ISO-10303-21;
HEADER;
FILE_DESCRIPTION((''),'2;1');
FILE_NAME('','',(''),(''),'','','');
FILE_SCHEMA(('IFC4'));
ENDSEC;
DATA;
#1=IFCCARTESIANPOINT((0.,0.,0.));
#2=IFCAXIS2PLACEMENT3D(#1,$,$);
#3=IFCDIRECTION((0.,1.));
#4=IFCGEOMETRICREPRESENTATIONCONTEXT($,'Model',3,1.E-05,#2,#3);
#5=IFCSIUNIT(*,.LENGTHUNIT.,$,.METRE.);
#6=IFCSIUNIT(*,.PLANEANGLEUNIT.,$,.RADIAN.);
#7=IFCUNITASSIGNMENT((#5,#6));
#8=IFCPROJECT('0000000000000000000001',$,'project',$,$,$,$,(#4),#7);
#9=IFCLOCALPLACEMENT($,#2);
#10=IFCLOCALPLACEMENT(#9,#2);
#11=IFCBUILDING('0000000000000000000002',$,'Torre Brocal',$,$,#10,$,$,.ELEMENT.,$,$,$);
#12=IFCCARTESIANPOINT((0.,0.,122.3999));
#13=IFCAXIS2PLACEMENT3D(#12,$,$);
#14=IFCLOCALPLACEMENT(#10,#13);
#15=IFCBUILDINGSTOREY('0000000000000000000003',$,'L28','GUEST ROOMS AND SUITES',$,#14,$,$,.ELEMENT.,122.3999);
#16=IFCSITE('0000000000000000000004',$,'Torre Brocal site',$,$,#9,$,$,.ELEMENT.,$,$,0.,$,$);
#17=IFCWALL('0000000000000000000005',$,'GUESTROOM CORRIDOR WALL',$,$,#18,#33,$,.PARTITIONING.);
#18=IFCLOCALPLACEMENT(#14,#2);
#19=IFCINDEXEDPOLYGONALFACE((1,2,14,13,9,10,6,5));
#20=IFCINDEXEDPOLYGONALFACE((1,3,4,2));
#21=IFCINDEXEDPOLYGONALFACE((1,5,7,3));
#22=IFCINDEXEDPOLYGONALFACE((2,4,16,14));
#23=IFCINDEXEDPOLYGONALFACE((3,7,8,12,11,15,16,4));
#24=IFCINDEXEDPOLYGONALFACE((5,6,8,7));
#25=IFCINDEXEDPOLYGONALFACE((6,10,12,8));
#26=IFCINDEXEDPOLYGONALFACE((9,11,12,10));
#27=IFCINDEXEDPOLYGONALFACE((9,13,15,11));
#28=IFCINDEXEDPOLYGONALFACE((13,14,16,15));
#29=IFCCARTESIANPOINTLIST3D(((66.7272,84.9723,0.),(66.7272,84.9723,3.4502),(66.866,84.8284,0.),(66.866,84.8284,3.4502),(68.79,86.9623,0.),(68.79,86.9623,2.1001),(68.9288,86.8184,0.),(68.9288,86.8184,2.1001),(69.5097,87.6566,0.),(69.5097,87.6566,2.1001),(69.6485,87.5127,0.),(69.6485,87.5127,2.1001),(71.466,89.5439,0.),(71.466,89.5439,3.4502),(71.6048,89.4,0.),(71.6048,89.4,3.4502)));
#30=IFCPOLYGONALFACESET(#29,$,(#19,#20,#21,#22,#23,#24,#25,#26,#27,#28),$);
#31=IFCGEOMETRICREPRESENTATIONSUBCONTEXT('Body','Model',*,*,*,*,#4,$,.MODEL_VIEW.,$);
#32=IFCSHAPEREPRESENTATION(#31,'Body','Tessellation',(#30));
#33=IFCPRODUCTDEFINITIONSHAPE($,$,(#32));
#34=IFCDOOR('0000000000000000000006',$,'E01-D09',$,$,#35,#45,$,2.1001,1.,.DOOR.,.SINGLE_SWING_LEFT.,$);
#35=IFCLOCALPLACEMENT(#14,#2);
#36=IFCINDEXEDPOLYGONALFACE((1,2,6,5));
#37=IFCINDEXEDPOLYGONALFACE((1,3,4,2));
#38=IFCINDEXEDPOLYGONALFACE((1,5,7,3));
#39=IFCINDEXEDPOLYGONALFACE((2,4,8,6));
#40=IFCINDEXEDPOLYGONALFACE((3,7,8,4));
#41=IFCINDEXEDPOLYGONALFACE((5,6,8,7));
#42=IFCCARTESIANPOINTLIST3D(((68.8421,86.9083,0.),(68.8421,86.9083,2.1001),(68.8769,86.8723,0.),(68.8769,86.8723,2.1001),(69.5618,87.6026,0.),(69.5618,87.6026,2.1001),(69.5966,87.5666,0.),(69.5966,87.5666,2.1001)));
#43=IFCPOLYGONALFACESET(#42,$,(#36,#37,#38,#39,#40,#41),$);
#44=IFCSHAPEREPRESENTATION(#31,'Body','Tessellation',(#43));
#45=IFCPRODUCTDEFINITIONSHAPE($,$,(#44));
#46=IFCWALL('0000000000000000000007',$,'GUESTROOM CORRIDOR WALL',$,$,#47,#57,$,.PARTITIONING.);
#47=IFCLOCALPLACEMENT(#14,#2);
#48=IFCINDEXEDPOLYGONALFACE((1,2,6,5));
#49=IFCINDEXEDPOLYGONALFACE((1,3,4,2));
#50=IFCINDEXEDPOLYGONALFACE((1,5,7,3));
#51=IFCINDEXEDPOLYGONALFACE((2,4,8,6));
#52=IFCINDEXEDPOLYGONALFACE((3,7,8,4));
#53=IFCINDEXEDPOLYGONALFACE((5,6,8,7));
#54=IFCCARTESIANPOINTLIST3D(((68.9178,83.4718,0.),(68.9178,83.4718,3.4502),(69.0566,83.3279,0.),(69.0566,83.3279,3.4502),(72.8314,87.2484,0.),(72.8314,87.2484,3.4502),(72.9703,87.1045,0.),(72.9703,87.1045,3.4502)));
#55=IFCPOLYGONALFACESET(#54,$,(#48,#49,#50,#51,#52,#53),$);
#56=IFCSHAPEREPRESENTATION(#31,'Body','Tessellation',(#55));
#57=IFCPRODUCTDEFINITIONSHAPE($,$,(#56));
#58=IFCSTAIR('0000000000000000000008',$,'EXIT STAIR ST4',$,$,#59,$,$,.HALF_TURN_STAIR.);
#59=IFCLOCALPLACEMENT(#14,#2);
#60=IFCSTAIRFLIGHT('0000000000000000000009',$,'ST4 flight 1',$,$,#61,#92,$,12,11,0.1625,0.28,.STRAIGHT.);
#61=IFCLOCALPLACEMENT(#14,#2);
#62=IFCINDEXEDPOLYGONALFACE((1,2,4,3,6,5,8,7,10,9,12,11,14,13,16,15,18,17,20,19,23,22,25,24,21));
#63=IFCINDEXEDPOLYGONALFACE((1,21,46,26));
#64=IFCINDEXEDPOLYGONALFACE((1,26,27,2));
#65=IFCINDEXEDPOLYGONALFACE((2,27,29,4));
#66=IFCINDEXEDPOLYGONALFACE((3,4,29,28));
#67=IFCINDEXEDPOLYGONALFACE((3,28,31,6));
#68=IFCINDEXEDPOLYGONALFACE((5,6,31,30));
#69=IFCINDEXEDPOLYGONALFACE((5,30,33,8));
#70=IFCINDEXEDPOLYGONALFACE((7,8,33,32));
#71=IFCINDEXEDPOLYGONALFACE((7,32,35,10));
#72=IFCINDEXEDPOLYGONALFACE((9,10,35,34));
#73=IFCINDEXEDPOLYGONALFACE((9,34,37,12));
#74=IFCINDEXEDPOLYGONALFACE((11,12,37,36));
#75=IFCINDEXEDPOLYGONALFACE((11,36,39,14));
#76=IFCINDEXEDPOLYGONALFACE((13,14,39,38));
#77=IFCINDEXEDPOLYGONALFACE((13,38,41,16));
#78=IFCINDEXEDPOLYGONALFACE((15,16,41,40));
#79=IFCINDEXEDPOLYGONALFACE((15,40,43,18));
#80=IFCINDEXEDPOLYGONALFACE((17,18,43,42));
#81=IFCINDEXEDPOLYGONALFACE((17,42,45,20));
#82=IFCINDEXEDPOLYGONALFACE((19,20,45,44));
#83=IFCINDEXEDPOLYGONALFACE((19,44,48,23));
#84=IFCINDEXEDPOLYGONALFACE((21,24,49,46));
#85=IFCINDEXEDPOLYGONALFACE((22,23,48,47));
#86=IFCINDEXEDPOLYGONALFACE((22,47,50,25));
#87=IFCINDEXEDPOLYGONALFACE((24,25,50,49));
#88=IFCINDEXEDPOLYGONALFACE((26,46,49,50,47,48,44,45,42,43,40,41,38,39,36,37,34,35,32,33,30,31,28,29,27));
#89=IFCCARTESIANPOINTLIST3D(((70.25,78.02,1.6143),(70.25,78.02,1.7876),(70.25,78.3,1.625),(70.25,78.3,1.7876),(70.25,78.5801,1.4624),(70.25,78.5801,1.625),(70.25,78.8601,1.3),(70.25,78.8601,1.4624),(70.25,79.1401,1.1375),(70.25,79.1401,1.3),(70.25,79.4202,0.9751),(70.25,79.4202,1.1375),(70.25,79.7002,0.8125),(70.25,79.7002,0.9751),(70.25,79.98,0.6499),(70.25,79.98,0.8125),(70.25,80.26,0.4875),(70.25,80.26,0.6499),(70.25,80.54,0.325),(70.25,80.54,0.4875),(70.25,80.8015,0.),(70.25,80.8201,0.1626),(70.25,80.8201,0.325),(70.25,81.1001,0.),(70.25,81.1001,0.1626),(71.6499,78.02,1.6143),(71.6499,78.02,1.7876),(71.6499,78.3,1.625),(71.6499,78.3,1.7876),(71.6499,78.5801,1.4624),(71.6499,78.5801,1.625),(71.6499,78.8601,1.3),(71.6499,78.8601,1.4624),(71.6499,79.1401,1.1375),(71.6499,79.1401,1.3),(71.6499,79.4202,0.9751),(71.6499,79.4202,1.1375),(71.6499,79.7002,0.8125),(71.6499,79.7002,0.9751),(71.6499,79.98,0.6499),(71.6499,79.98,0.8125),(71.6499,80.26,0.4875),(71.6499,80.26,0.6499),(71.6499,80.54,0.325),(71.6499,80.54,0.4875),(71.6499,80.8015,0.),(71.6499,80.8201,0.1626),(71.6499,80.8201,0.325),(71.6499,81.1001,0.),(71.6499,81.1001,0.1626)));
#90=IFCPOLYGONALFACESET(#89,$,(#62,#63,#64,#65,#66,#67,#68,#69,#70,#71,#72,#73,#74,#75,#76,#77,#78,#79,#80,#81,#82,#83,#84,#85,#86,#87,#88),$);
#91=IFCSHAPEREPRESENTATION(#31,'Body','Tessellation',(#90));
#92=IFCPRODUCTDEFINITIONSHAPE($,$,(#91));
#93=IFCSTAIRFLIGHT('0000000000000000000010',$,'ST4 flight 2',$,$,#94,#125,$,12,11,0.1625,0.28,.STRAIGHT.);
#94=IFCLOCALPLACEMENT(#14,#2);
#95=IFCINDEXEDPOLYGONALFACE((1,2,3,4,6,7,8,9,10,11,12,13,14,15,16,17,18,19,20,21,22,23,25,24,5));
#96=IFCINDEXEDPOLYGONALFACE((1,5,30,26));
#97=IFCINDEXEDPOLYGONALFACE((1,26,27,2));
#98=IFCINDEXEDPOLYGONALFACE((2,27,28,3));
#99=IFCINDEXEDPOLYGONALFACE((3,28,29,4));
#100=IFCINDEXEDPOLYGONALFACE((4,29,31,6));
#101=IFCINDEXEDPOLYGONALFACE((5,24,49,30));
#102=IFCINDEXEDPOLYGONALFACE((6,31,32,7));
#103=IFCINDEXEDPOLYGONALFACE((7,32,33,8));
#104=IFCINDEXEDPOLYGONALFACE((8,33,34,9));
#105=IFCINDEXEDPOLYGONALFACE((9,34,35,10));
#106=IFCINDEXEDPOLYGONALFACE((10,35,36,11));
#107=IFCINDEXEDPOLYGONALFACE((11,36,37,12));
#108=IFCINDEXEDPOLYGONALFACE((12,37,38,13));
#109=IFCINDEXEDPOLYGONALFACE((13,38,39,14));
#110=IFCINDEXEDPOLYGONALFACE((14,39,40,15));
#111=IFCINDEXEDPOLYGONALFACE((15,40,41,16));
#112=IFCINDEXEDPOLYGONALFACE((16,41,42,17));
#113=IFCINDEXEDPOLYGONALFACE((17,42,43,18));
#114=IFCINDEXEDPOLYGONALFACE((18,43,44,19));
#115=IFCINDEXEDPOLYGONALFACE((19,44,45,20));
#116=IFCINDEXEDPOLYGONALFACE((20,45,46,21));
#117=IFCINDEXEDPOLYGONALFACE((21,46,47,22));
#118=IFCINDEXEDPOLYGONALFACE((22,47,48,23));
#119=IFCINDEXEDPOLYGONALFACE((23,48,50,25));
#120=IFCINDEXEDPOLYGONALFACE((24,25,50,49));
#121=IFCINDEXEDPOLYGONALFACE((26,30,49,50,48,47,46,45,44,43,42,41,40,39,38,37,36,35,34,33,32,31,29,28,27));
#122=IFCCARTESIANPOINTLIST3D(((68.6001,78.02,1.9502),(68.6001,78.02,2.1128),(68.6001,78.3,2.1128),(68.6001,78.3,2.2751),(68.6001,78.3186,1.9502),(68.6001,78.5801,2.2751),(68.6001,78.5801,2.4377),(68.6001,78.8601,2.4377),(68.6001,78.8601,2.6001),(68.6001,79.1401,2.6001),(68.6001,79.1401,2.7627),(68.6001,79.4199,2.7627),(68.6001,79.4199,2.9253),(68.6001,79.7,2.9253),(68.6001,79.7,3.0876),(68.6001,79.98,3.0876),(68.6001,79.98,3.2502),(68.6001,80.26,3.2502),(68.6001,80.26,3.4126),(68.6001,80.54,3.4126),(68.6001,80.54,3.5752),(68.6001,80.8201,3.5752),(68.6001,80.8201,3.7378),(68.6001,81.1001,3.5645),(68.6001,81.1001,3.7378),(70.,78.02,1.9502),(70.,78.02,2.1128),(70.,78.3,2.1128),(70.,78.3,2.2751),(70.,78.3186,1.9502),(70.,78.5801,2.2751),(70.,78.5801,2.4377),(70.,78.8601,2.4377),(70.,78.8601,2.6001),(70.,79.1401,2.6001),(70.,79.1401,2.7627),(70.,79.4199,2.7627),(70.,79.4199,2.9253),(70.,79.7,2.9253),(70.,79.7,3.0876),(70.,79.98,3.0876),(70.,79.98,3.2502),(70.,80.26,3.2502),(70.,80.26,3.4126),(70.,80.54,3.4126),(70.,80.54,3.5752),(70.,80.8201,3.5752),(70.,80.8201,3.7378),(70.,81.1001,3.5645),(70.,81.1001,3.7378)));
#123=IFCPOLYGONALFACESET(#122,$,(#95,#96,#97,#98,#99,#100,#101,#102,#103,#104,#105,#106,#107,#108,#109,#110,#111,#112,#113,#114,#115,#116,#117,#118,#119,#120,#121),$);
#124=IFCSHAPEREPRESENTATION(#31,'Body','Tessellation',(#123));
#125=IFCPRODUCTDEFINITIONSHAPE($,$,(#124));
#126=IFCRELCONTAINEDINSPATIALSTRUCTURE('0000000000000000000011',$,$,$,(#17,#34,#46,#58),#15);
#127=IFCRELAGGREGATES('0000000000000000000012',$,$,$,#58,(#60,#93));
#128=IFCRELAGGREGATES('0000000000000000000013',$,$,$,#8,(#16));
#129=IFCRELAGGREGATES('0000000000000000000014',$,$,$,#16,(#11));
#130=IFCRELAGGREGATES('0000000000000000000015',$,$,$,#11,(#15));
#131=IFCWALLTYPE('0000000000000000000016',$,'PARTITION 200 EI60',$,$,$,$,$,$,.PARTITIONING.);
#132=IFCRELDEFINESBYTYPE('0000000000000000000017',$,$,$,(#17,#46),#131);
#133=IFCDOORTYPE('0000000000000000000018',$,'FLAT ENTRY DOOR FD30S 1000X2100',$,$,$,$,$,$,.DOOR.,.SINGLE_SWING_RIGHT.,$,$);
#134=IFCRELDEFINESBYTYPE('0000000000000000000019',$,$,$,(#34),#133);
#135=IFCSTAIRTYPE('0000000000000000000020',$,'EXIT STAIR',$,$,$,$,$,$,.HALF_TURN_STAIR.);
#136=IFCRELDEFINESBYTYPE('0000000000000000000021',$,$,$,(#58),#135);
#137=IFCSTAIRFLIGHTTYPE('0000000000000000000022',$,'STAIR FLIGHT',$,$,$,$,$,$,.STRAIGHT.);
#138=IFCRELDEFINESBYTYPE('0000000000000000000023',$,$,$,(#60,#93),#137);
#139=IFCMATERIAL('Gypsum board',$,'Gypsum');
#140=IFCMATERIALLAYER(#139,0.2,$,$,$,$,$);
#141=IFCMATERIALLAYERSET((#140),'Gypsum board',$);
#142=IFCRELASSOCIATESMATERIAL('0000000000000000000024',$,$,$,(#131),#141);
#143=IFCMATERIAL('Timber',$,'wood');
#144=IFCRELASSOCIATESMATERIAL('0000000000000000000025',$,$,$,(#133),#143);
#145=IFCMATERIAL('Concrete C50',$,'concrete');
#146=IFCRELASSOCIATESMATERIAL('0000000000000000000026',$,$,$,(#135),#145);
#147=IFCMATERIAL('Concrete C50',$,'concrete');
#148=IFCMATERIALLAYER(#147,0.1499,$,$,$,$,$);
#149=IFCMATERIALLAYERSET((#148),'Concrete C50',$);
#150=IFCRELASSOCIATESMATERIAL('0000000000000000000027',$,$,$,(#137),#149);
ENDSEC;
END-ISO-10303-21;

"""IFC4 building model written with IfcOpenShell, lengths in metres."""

from ifc_helpers import new_model, si_unit, direction, frame, frame_2d, origin, place, context, subcontext, project, spatial, polyline, rectangle, outline, extrude, material, layer, layer_set, type_object, element, fill, aggregate, save


model = new_model("IFC4")

# Units and contexts
model_context = context("Model", 3, precision=1e-05, world=origin(), true_north=direction((0.0, 1.0)))
body_context = subcontext(model_context, "Body", "Model", "MODEL_VIEW")
ifc_project = project(units=[si_unit("LENGTHUNIT", "METRE"), si_unit("PLANEANGLEUNIT", "RADIAN")], contexts=[model_context])

# Site, building, storey
site_placement = place(None, origin())
site = spatial("IfcSite", under=ifc_project, at=site_placement, Name="Torre Brocal site", CompositionType="ELEMENT", RefElevation=0.0)
building_placement = place(site_placement, origin())
building = spatial("IfcBuilding", under=site, at=building_placement, Name="Torre Brocal", CompositionType="ELEMENT")
storey_placement = place(building_placement, frame((0.0, 0.0, 122.3999)))
storey = spatial("IfcBuildingStorey", under=building, at=storey_placement, Name="L28", Description="GUEST ROOMS AND SUITES", CompositionType="ELEMENT", Elevation=122.3999)

# Wall, opening, door
ifc_material_1 = material(Name="Gypsum board", Category="Gypsum")
ifc_layer_1 = layer(ifc_material_1, 0.2)
ifc_layer_set_1 = layer_set([ifc_layer_1], Name="Gypsum board")
wall_type_1 = type_object("IfcWallType", Name="PARTITION 200 EI60", PredefinedType="PARTITIONING", material=ifc_layer_set_1)
wall_1_placement = place(storey_placement, frame((66.7966, 84.9004, 0.0), z_axis=(0.0, 0.0, 1.0), x_axis=(0.719692, 0.694293, 0.0)))
wall_1 = element("IfcWall", 1, at=wall_1_placement, inside=storey, type_object=wall_type_1, Name="GUESTROOM CORRIDOR WALL", PredefinedType="PARTITIONING", context=body_context, shape_type="SweptSolid", body=[
    extrude(rectangle(XDim=6.5845, YDim=0.2, at=frame_2d((3.2922, 0.0))), origin(), (0.0, 0.0, 1.0), 3.4502),
])
opening_1_placement = place(wall_1_placement, frame((2.8662, 0.0, 0.0)))
opening_1 = element("IfcOpeningElement", 2, at=opening_1_placement, cuts=wall_1, PredefinedType="OPENING", context=body_context, shape_type="SweptSolid", body=[
    extrude(rectangle(XDim=1.0, YDim=2.1001, at=frame_2d((0.5, 1.05))), frame((0.0, 0.1099, 0.0), z_axis=(0.0, -1.0, 0.0), x_axis=(1.0, 0.0, 0.0)), (0.0, 0.0, 1.0), 0.22),
])
ifc_material_2 = material(Name="Timber", Category="wood")
door_type_1 = type_object("IfcDoorType", Name="FLAT ENTRY DOOR FD30S 1000X2100", OperationType="SINGLE_SWING_RIGHT", PredefinedType="DOOR", material=ifc_material_2)
door_1_placement = place(opening_1_placement, origin())
door_1 = element("IfcDoor", 3, at=door_1_placement, inside=storey, type_object=door_type_1, Name="E01-D09", OperationType="SINGLE_SWING_LEFT", OverallHeight=2.1001, OverallWidth=1.0, PredefinedType="DOOR", context=body_context, shape_type="SweptSolid", body=[
    extrude(rectangle(XDim=1.0, YDim=2.1001, at=frame_2d((0.5, 1.05))), frame((0.0, 0.0249, 0.0), z_axis=(0.0, -1.0, 0.0), x_axis=(1.0, 0.0, 0.0)), (0.0, 0.0, 1.0), 0.05),
])
fill(opening_1, door_1)

# Wall
wall_2_placement = place(storey_placement, frame((68.9873, 83.3999, 0.0), z_axis=(0.0, 0.0, 1.0), x_axis=(0.719586, 0.694403, 0.0)))
element("IfcWall", 4, at=wall_2_placement, inside=storey, type_object=wall_type_1, Name="GUESTROOM CORRIDOR WALL", PredefinedType="PARTITIONING", context=body_context, shape_type="SweptSolid", body=[
    extrude(rectangle(XDim=5.4387, YDim=0.2, at=frame_2d((2.7192, 0.0))), origin(), (0.0, 0.0, 1.0), 3.4502),
])

# Stair, stair flights
ifc_material_3 = material(Name="Concrete C50", Category="concrete")
stair_type = type_object("IfcStairType", Name="EXIT STAIR", PredefinedType="HALF_TURN_STAIR", material=ifc_material_3)
stair_placement = place(storey_placement, origin())
stair = element("IfcStair", 5, at=stair_placement, inside=storey, type_object=stair_type, Name="EXIT STAIR ST4", PredefinedType="HALF_TURN_STAIR")
ifc_material_4 = material(Name="Concrete C50", Category="concrete")
ifc_layer_2 = layer(ifc_material_4, 0.1499)
ifc_layer_set_2 = layer_set([ifc_layer_2], Name="Concrete C50")
stair_flight_type = type_object("IfcStairFlightType", Name="STAIR FLIGHT", PredefinedType="STRAIGHT", material=ifc_layer_set_2)
stair_flight_1_placement = place(storey_placement, frame((70.95, 81.1001, 0.0), z_axis=(0.0, 0.0, 1.0), x_axis=(0.0, -1.0, 0.0)))
stair_flight_1 = element("IfcStairFlight", 6, at=stair_flight_1_placement, type_object=stair_flight_type, Name="ST4 flight 1", NumberOfRisers=12, NumberOfTreads=11, PredefinedType="STRAIGHT", RiserHeight=0.1625, TreadLength=0.28, context=body_context, shape_type="SweptSolid", body=[
    extrude(outline(polyline([(0.0, 0.0), (0.0, 0.1626), (0.28, 0.1626), (0.28, 0.325), (0.5601, 0.325), (0.5601, 0.4875), (0.8401, 0.4875), (0.8401, 0.6499), (1.1201, 0.6499), (1.1201, 0.8125), (1.3999, 0.8125), (1.3999, 0.9751), (1.6799, 0.9751), (1.6799, 1.1375), (1.96, 1.1375), (1.96, 1.3), (2.24, 1.3), (2.24, 1.4624), (2.52, 1.4624), (2.52, 1.625), (2.8, 1.625), (2.8, 1.7876), (3.0801, 1.7876), (3.0801, 1.95), (3.0801, 1.6143), (0.2986, 0.0), (0.0, 0.0)])), frame((0.0, 0.7, 0.0), z_axis=(0.0, -1.0, 0.0), x_axis=(1.0, 0.0, 0.0)), (0.0, 0.0, 1.0), 1.3999),
])
stair_flight_2_placement = place(storey_placement, frame((69.3, 78.02, 1.9502), z_axis=(0.0, 0.0, 1.0), x_axis=(0.0, 1.0, 0.0)))
stair_flight_2 = element("IfcStairFlight", 7, at=stair_flight_2_placement, type_object=stair_flight_type, Name="ST4 flight 2", NumberOfRisers=12, NumberOfTreads=11, PredefinedType="STRAIGHT", RiserHeight=0.1625, TreadLength=0.28, context=body_context, shape_type="SweptSolid", body=[
    extrude(outline(polyline([(0.0, 0.0), (0.0, 0.1626), (0.28, 0.1626), (0.28, 0.325), (0.5601, 0.325), (0.5601, 0.4875), (0.8401, 0.4875), (0.8401, 0.6499), (1.1201, 0.6499), (1.1201, 0.8125), (1.3999, 0.8125), (1.3999, 0.9751), (1.6799, 0.9751), (1.6799, 1.1375), (1.96, 1.1375), (1.96, 1.3), (2.24, 1.3), (2.24, 1.4624), (2.52, 1.4624), (2.52, 1.625), (2.8, 1.625), (2.8, 1.7876), (3.0801, 1.7876), (3.0801, 1.95), (3.0801, 1.6143), (0.2986, 0.0), (0.0, 0.0)])), frame((0.0, 0.7, 0.0), z_axis=(0.0, -1.0, 0.0), x_axis=(1.0, 0.0, 0.0)), (0.0, 0.0, 1.0), 1.3999),
])
aggregate(stair, [stair_flight_1, stair_flight_2])

save(model, "model.ifc")
